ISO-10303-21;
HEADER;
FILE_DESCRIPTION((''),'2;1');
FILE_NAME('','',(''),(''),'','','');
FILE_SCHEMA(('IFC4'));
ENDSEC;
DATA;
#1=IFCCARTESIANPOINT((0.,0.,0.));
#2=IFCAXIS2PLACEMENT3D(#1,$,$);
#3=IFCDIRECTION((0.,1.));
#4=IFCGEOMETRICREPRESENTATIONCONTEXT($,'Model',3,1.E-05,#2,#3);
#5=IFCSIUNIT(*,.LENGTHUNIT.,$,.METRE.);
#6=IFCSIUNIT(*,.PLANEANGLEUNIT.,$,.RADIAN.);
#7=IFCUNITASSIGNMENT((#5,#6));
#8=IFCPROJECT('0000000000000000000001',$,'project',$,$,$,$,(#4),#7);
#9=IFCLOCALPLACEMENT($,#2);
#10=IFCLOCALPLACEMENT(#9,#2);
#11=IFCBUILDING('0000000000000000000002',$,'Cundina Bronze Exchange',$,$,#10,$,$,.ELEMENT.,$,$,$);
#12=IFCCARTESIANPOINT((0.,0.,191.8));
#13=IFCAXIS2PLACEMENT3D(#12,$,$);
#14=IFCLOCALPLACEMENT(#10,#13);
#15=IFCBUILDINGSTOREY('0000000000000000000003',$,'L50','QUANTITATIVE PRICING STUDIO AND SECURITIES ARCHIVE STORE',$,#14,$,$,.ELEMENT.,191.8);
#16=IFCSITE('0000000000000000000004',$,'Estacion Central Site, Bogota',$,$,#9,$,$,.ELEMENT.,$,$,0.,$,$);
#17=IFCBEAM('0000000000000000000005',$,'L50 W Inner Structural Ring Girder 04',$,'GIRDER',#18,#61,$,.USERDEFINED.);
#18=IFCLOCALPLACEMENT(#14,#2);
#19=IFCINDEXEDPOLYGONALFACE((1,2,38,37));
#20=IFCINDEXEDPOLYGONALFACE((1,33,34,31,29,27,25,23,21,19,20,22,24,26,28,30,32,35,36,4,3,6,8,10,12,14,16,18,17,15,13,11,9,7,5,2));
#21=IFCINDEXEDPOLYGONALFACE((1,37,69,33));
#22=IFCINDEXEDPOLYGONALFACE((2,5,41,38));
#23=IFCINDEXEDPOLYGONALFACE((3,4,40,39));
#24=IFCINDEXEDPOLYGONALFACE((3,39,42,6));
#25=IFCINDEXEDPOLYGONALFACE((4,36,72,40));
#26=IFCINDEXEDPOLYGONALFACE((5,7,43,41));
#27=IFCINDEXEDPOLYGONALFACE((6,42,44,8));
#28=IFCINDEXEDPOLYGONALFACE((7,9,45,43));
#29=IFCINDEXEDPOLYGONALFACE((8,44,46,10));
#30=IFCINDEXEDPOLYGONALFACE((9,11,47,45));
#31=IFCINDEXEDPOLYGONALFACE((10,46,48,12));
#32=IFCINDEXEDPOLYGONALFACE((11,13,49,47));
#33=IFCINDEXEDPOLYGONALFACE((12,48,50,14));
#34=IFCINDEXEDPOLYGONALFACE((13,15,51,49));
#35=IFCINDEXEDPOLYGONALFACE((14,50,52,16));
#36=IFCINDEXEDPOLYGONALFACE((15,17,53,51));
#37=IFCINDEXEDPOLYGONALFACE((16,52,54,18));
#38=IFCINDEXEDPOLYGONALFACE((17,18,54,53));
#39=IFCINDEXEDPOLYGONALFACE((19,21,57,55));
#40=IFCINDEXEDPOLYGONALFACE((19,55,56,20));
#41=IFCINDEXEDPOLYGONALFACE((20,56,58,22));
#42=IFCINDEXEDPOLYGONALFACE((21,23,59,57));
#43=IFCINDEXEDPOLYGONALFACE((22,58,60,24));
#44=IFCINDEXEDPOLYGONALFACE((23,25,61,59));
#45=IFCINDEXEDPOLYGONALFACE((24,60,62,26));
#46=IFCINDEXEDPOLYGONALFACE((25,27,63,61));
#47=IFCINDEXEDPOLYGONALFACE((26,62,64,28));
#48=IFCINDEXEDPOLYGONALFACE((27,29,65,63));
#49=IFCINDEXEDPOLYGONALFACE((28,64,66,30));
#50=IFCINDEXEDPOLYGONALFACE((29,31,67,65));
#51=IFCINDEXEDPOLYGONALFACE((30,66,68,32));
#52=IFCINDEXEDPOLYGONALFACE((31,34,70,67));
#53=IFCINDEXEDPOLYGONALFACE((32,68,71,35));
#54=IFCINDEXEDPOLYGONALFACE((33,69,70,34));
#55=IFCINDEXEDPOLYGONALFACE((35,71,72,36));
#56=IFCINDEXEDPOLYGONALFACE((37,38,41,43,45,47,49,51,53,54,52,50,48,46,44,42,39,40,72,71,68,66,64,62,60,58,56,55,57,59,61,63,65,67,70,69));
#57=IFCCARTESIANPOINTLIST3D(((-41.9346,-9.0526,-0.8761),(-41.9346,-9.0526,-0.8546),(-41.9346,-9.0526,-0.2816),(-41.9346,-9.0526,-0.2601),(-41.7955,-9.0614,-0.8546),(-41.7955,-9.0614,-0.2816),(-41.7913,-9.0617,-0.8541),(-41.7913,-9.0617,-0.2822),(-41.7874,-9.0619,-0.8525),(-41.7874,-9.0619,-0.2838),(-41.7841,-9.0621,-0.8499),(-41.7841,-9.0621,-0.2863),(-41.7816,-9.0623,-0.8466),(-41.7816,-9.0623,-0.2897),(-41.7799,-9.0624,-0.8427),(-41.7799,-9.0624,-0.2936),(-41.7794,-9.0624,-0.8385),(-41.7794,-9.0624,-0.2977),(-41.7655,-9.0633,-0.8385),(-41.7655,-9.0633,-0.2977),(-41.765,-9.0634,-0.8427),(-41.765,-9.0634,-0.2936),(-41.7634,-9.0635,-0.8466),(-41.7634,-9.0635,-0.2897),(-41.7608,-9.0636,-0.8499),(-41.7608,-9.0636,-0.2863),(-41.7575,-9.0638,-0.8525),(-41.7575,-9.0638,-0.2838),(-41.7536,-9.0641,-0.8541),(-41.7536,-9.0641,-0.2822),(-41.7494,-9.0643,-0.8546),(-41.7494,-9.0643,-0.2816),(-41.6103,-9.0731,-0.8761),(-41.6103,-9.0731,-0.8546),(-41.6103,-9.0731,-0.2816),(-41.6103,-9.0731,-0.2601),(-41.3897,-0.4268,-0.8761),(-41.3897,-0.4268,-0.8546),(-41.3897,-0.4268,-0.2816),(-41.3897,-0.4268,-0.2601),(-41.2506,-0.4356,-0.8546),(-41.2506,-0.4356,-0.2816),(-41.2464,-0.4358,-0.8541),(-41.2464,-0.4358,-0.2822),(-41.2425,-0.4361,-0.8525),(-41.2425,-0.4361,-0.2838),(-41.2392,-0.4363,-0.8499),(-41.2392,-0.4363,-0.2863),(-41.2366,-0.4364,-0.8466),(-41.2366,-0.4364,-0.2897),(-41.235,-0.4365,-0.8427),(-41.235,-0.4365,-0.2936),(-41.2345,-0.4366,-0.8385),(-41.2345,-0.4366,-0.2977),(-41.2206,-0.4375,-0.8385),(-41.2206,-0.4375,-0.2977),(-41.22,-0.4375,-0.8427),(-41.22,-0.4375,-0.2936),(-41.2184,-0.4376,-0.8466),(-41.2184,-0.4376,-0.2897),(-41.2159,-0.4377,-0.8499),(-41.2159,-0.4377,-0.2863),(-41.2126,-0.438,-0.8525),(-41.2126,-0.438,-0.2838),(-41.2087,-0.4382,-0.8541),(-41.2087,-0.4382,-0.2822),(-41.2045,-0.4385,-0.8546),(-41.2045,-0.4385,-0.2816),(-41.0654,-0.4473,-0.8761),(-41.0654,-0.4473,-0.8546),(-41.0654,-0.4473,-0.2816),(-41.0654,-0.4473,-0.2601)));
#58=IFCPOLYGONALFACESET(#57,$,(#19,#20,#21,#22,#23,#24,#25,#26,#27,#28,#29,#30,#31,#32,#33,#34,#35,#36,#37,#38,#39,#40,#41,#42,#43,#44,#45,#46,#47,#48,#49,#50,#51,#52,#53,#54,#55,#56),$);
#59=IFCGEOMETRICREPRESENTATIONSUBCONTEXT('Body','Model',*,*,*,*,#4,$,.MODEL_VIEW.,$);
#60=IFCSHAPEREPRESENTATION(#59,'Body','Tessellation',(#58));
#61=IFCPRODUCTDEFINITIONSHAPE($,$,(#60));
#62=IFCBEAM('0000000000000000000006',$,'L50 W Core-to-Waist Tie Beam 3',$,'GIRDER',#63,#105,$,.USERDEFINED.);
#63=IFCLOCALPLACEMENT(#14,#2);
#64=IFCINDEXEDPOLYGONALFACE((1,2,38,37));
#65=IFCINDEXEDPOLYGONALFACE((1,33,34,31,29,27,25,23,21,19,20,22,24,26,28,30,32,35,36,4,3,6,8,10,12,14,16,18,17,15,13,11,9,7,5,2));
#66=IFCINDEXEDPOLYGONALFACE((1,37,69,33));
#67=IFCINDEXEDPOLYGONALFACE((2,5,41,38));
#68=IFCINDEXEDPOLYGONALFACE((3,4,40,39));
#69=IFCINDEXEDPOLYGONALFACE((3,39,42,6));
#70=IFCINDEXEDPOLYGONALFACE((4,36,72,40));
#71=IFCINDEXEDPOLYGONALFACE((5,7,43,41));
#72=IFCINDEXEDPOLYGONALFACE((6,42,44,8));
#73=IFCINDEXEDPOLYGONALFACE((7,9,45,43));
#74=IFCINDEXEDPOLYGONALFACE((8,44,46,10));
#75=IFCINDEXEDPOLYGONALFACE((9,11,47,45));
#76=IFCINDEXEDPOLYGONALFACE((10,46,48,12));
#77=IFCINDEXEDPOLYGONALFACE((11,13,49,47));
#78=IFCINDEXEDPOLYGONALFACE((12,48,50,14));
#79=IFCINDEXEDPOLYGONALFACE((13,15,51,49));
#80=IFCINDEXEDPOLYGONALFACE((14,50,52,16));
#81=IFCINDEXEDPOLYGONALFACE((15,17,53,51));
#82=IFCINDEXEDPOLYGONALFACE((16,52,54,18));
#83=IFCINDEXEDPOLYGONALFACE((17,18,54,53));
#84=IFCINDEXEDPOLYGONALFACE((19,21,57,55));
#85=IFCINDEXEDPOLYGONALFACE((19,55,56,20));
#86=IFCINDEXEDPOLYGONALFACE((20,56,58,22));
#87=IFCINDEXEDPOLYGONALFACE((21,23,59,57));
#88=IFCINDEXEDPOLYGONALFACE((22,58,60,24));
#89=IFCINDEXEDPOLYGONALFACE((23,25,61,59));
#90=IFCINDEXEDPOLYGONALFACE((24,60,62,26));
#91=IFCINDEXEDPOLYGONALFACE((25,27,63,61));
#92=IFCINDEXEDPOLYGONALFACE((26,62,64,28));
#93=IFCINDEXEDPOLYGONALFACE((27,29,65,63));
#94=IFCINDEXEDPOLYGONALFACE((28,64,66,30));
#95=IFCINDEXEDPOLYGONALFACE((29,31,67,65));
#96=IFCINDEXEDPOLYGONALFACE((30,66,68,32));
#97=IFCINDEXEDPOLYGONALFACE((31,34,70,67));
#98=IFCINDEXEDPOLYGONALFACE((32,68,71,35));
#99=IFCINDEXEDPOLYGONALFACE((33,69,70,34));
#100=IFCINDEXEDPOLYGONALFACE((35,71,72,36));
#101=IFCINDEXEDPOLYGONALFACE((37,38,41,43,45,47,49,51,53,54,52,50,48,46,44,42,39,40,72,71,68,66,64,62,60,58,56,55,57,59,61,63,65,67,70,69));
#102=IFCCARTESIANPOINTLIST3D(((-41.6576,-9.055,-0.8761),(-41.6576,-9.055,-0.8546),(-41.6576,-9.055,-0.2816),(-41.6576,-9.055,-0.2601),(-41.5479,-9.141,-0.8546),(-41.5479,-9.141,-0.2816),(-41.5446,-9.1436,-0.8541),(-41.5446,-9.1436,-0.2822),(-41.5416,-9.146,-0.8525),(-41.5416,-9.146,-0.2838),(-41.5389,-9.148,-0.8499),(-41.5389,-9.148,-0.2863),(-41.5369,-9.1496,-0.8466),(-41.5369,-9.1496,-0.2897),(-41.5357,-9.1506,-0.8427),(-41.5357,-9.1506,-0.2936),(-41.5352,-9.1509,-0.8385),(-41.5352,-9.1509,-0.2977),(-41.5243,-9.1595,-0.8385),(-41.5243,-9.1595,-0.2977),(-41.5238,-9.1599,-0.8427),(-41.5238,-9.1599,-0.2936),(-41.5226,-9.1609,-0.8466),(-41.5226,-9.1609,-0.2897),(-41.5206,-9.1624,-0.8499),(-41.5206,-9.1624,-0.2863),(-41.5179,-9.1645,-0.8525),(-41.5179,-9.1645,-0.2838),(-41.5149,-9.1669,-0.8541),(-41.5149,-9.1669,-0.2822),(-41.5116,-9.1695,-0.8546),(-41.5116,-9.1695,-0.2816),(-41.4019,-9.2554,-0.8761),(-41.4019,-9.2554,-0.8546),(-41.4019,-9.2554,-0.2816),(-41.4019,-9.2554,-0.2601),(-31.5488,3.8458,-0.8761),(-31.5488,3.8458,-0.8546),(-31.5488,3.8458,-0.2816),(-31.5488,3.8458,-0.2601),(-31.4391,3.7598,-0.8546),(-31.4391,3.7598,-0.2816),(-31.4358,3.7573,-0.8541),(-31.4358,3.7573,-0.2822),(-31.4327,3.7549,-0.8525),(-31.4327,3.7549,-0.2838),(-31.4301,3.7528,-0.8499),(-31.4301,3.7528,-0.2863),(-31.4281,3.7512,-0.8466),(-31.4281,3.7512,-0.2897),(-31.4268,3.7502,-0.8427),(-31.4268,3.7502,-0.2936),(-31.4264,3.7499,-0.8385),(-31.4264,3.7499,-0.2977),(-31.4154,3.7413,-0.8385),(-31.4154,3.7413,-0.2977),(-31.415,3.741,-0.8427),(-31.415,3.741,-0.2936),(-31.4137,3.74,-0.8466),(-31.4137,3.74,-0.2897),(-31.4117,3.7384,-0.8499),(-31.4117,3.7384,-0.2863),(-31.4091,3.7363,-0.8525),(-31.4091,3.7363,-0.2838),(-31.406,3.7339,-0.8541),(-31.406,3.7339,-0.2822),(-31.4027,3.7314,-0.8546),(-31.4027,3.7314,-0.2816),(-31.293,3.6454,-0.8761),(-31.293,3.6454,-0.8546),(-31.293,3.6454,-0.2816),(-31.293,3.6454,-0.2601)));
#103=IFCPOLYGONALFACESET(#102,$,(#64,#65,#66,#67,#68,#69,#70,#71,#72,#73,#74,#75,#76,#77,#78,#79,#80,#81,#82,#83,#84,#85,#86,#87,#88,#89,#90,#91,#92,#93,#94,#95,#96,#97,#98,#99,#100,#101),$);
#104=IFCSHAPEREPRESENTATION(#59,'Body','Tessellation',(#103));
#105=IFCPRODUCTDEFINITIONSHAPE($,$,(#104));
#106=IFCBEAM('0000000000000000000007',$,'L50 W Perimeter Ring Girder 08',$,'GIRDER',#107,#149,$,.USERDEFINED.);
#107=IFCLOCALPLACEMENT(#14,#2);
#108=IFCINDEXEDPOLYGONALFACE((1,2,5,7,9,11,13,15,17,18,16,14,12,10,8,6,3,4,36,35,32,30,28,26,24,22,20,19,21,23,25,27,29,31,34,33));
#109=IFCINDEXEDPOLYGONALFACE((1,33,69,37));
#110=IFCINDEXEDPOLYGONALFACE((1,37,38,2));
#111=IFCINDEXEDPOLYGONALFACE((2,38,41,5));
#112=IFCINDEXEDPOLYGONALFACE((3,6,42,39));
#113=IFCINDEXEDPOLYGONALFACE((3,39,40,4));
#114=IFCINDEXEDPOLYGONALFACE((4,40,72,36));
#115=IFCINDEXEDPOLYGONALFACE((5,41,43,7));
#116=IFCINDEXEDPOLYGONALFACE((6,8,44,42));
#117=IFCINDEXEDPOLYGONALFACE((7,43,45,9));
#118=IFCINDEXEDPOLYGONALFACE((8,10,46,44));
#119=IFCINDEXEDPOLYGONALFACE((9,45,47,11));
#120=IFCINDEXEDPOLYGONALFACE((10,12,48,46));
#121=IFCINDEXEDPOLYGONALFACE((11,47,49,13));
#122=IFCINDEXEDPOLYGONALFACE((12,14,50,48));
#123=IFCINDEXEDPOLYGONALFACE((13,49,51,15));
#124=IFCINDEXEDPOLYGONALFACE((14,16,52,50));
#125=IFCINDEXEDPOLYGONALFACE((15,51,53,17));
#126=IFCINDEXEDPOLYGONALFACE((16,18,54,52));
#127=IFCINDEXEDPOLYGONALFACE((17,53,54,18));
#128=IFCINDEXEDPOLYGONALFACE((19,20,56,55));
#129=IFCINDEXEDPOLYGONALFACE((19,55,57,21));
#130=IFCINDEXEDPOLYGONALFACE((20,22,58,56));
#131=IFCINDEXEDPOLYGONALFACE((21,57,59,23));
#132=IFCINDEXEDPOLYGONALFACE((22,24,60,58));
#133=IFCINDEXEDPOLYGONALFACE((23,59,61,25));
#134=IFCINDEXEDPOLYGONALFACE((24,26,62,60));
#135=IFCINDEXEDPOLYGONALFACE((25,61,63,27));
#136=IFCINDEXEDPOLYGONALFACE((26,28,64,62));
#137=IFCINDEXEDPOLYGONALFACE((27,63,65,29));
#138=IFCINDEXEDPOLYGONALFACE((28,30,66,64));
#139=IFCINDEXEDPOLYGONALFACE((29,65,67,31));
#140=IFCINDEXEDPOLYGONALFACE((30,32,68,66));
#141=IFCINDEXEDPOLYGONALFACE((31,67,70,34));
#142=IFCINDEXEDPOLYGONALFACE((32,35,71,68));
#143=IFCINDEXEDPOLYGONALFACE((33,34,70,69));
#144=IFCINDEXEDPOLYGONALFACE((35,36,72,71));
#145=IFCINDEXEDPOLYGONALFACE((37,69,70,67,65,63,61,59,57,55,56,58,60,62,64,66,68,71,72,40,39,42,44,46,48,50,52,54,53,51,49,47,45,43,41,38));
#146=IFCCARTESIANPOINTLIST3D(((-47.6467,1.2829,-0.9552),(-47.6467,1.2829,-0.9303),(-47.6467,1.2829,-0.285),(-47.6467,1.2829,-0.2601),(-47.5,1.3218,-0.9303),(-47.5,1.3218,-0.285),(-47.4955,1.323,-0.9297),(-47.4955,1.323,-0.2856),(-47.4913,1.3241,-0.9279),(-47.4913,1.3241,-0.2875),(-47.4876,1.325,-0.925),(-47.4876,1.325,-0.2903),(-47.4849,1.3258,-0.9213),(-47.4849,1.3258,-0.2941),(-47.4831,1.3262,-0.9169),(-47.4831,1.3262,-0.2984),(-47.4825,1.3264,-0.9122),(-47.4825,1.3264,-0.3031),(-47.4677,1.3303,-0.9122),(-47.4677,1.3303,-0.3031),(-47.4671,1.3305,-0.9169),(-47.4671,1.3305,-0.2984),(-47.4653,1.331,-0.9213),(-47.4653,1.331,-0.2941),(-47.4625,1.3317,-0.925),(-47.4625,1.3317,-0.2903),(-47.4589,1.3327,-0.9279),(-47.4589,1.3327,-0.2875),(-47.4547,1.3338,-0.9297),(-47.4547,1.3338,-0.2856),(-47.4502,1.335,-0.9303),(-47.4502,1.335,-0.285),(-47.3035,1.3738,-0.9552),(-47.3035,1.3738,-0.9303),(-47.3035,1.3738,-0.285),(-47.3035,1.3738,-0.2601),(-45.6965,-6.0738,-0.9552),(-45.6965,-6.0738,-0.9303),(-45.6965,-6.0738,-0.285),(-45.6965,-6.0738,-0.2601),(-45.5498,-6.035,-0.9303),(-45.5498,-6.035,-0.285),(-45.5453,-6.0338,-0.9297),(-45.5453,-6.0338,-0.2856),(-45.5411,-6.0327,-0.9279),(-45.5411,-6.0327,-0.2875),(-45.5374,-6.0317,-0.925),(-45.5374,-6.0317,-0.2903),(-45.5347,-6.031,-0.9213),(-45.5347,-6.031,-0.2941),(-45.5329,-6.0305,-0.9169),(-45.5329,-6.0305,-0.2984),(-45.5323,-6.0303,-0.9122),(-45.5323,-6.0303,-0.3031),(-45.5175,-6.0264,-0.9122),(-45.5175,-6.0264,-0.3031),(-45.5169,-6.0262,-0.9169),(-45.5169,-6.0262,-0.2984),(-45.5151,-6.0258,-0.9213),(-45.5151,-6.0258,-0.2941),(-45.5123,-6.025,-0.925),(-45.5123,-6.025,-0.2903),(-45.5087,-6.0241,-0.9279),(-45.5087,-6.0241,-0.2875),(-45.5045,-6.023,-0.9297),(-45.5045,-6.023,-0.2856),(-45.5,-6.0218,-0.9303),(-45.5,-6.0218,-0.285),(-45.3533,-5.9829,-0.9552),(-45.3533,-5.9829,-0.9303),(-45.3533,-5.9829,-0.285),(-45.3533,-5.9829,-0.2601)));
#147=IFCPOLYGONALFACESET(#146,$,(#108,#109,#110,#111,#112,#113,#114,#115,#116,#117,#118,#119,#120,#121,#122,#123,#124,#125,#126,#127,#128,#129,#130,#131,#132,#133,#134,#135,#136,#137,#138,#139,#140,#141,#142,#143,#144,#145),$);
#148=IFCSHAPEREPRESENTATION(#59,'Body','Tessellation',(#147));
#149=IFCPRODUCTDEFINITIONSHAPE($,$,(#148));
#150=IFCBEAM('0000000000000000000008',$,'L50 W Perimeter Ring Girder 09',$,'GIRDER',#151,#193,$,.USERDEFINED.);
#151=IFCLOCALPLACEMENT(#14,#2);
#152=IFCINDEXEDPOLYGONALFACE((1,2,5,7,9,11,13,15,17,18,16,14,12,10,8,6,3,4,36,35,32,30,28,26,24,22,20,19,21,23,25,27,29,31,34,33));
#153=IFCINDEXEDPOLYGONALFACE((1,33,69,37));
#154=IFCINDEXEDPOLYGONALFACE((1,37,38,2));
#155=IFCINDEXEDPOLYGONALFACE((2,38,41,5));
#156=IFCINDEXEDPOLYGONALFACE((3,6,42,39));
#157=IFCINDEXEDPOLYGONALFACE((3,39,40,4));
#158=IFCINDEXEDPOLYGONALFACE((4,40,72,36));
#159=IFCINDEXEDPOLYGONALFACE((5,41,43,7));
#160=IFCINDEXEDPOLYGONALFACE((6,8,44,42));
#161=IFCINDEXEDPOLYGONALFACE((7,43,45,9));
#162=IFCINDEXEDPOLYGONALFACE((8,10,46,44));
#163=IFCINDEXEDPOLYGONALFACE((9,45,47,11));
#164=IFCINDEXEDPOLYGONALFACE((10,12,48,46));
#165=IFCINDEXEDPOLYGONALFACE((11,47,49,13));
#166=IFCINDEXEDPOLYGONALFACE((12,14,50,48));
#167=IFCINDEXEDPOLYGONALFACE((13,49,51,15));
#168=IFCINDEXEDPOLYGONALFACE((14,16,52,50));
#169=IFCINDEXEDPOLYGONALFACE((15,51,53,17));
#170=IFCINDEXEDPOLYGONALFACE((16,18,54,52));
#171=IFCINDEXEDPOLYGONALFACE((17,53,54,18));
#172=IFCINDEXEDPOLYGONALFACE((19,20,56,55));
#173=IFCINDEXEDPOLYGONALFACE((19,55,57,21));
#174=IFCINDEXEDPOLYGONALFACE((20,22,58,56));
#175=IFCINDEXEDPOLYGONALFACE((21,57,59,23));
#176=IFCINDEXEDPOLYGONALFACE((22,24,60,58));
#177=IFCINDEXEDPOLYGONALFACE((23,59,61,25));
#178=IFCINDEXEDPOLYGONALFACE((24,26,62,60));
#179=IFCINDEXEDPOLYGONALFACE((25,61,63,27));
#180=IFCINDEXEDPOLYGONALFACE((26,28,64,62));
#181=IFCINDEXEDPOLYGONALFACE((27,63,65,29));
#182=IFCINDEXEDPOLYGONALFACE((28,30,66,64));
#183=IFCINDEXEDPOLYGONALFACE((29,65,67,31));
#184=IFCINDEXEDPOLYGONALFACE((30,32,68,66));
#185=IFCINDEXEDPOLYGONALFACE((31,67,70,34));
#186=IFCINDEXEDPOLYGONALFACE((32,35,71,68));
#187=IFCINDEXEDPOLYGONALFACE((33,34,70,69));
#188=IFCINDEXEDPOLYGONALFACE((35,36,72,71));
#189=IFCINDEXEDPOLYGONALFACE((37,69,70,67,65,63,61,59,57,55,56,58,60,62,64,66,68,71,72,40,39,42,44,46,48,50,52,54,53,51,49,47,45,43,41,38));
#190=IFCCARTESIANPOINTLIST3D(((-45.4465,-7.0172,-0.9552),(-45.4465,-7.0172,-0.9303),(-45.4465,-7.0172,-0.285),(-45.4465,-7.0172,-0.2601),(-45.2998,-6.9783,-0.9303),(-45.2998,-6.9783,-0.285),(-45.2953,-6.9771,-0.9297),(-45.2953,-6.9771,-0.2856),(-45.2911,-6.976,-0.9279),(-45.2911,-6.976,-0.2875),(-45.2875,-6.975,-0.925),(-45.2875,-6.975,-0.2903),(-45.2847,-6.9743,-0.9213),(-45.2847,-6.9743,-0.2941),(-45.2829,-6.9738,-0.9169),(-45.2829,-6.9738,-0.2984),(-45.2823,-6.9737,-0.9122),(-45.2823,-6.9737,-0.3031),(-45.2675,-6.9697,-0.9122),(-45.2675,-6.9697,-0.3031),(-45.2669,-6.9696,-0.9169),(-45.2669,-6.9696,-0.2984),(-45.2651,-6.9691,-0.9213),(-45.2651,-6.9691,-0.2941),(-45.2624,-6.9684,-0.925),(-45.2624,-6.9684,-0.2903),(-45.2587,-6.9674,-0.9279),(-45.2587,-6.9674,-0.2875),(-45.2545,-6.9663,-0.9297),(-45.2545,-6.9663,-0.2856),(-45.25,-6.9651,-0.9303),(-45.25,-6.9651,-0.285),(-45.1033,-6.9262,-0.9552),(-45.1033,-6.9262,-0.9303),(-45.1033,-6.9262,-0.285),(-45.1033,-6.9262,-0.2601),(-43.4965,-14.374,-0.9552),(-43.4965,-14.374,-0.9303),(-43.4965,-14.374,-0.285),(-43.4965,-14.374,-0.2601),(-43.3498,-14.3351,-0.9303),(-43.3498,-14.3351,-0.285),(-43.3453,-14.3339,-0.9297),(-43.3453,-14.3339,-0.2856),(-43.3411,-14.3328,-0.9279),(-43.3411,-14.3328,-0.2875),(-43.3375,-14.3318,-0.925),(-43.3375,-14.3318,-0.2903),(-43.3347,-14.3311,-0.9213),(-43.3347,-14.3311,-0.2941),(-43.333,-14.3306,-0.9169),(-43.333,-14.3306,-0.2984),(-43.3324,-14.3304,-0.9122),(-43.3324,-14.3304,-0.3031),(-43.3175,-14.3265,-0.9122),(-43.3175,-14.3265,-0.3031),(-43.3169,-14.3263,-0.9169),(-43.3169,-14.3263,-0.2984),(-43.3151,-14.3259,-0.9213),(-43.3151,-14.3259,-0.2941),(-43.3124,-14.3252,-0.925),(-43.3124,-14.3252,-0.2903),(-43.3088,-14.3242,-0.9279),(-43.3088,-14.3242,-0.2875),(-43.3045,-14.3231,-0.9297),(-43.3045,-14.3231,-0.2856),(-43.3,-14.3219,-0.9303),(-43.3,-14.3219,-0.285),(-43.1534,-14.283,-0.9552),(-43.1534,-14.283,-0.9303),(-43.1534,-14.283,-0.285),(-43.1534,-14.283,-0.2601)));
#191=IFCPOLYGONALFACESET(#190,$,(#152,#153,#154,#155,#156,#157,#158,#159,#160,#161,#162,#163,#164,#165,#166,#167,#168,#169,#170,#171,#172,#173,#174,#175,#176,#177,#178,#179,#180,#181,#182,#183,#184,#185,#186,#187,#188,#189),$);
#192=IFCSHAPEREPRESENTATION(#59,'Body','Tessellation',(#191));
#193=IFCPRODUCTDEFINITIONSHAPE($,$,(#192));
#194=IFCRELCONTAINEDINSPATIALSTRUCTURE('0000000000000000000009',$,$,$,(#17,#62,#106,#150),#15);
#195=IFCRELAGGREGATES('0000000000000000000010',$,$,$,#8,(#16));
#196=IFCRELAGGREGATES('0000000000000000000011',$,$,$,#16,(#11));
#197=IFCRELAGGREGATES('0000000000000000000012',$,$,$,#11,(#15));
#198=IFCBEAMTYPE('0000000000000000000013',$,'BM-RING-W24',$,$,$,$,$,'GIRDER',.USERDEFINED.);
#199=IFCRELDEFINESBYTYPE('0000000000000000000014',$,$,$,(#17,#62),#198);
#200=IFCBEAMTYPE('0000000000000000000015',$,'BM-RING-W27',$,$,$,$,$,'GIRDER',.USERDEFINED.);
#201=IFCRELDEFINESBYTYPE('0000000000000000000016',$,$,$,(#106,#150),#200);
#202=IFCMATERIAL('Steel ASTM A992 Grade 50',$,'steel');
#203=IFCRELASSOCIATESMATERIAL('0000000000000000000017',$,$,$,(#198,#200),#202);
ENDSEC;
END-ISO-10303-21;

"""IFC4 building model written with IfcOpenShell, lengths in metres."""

from ifc_helpers import new_model, si_unit, direction, frame, origin, origin_2d, place, context, subcontext, project, spatial, i_section, extrude, material, material_profile, profile_set, type_object, element, save


model = new_model("IFC4")

# Units and contexts
model_context = context("Model", 3, precision=1e-05, world=origin(), true_north=direction((0.0, 1.0)))
body_context = subcontext(model_context, "Body", "Model", "MODEL_VIEW")
ifc_project = project(units=[si_unit("LENGTHUNIT", "METRE"), si_unit("PLANEANGLEUNIT", "RADIAN")], contexts=[model_context])

# Site, building, storey
site_placement = place(None, origin())
site = spatial("IfcSite", under=ifc_project, at=site_placement, Name="Estacion Central Site, Bogota", CompositionType="ELEMENT", RefElevation=0.0)
building_placement = place(site_placement, origin())
building = spatial("IfcBuilding", under=site, at=building_placement, Name="Cundina Bronze Exchange", CompositionType="ELEMENT")
storey_placement = place(building_placement, frame((0.0, 0.0, 191.8)))
storey = spatial("IfcBuildingStorey", under=building, at=storey_placement, Name="L50", Description="QUANTITATIVE PRICING STUDIO AND SECURITIES ARCHIVE STORE", CompositionType="ELEMENT", Elevation=191.8)

# Beams
ifc_material_1 = material(Name="Steel ASTM A992 Grade 50", Category="steel")
ifc_material_profile_1 = material_profile(ifc_material_1, i_section(OverallWidth=0.325, OverallDepth=0.616, WebThickness=0.0139, FlangeThickness=0.0215, FilletRadius=0.0161, at=origin_2d()), Name="W24X117", Category="steel")
ifc_profile_set_1 = profile_set([ifc_material_profile_1], Name="Steel ASTM A992 Grade 50")
beam_type_1 = type_object("IfcBeamType", Name="BM-RING-W24", ElementType="GIRDER", PredefinedType="USERDEFINED", material=ifc_profile_set_1)
beam_1_placement = place(storey_placement, frame((-41.2275, -0.437, -0.5681), z_axis=(-0.063047, -0.998011, 0.0), x_axis=(0.998011, -0.063047, 0.0)))
element("IfcBeam", 1, at=beam_1_placement, inside=storey, type_object=beam_type_1, Name="L50 W Inner Structural Ring Girder 04", ObjectType="GIRDER", PredefinedType="USERDEFINED", context=body_context, shape_type="SweptSolid", body=[
    extrude(i_section(OverallWidth=0.325, OverallDepth=0.616, WebThickness=0.0139, FlangeThickness=0.0215, FilletRadius=0.0161, at=origin_2d()), origin(), (0.0, 0.0, 1.0), 8.6431),
])
beam_2_placement = place(storey_placement, frame((-31.4209, 3.7456, -0.5681), z_axis=(-0.616783, -0.787133, 0.0), x_axis=(0.787133, -0.616783, 0.0)))
element("IfcBeam", 2, at=beam_2_placement, inside=storey, type_object=beam_type_1, Name="L50 W Core-to-Waist Tie Beam 3", ObjectType="GIRDER", PredefinedType="USERDEFINED", context=body_context, shape_type="SweptSolid", body=[
    extrude(i_section(OverallWidth=0.325, OverallDepth=0.616, WebThickness=0.0139, FlangeThickness=0.0215, FilletRadius=0.0161, at=origin_2d()), origin(), (0.0, 0.0, 1.0), 16.3896),
])
ifc_material_profile_2 = material_profile(ifc_material_1, i_section(OverallWidth=0.355, OverallDepth=0.6951, WebThickness=0.0154, FlangeThickness=0.0249, FilletRadius=0.0181, at=origin_2d()), Name="W27X146", Category="steel")
ifc_profile_set_2 = profile_set([ifc_material_profile_2], Name="Steel ASTM A992 Grade 50")
beam_type_2 = type_object("IfcBeamType", Name="BM-RING-W27", ElementType="GIRDER", PredefinedType="USERDEFINED", material=ifc_profile_set_2)
for number, where, z_axis, x_axis, name in (
    (3, (-47.4751, 1.3284, -0.6077), (0.256241, -0.966613, 0.0), (0.966613, 0.256241, 0.0), "L50 W Perimeter Ring Girder 08"),
    (4, (-45.2749, -6.9717, -0.6077), (0.256211, -0.966621, 0.0), (0.966621, 0.256211, 0.0), "L50 W Perimeter Ring Girder 09"),
):
    element("IfcBeam", number, at=place(storey_placement, frame(where, z_axis=z_axis, x_axis=x_axis)), inside=storey, type_object=beam_type_2, Name=name, ObjectType="GIRDER", PredefinedType="USERDEFINED", context=body_context, shape_type="SweptSolid", body=[
        extrude(i_section(OverallWidth=0.355, OverallDepth=0.6951, WebThickness=0.0154, FlangeThickness=0.0249, FilletRadius=0.0181, at=origin_2d()), origin(), (0.0, 0.0, 1.0), 7.6108),
    ])

save(model, "model.ifc")
